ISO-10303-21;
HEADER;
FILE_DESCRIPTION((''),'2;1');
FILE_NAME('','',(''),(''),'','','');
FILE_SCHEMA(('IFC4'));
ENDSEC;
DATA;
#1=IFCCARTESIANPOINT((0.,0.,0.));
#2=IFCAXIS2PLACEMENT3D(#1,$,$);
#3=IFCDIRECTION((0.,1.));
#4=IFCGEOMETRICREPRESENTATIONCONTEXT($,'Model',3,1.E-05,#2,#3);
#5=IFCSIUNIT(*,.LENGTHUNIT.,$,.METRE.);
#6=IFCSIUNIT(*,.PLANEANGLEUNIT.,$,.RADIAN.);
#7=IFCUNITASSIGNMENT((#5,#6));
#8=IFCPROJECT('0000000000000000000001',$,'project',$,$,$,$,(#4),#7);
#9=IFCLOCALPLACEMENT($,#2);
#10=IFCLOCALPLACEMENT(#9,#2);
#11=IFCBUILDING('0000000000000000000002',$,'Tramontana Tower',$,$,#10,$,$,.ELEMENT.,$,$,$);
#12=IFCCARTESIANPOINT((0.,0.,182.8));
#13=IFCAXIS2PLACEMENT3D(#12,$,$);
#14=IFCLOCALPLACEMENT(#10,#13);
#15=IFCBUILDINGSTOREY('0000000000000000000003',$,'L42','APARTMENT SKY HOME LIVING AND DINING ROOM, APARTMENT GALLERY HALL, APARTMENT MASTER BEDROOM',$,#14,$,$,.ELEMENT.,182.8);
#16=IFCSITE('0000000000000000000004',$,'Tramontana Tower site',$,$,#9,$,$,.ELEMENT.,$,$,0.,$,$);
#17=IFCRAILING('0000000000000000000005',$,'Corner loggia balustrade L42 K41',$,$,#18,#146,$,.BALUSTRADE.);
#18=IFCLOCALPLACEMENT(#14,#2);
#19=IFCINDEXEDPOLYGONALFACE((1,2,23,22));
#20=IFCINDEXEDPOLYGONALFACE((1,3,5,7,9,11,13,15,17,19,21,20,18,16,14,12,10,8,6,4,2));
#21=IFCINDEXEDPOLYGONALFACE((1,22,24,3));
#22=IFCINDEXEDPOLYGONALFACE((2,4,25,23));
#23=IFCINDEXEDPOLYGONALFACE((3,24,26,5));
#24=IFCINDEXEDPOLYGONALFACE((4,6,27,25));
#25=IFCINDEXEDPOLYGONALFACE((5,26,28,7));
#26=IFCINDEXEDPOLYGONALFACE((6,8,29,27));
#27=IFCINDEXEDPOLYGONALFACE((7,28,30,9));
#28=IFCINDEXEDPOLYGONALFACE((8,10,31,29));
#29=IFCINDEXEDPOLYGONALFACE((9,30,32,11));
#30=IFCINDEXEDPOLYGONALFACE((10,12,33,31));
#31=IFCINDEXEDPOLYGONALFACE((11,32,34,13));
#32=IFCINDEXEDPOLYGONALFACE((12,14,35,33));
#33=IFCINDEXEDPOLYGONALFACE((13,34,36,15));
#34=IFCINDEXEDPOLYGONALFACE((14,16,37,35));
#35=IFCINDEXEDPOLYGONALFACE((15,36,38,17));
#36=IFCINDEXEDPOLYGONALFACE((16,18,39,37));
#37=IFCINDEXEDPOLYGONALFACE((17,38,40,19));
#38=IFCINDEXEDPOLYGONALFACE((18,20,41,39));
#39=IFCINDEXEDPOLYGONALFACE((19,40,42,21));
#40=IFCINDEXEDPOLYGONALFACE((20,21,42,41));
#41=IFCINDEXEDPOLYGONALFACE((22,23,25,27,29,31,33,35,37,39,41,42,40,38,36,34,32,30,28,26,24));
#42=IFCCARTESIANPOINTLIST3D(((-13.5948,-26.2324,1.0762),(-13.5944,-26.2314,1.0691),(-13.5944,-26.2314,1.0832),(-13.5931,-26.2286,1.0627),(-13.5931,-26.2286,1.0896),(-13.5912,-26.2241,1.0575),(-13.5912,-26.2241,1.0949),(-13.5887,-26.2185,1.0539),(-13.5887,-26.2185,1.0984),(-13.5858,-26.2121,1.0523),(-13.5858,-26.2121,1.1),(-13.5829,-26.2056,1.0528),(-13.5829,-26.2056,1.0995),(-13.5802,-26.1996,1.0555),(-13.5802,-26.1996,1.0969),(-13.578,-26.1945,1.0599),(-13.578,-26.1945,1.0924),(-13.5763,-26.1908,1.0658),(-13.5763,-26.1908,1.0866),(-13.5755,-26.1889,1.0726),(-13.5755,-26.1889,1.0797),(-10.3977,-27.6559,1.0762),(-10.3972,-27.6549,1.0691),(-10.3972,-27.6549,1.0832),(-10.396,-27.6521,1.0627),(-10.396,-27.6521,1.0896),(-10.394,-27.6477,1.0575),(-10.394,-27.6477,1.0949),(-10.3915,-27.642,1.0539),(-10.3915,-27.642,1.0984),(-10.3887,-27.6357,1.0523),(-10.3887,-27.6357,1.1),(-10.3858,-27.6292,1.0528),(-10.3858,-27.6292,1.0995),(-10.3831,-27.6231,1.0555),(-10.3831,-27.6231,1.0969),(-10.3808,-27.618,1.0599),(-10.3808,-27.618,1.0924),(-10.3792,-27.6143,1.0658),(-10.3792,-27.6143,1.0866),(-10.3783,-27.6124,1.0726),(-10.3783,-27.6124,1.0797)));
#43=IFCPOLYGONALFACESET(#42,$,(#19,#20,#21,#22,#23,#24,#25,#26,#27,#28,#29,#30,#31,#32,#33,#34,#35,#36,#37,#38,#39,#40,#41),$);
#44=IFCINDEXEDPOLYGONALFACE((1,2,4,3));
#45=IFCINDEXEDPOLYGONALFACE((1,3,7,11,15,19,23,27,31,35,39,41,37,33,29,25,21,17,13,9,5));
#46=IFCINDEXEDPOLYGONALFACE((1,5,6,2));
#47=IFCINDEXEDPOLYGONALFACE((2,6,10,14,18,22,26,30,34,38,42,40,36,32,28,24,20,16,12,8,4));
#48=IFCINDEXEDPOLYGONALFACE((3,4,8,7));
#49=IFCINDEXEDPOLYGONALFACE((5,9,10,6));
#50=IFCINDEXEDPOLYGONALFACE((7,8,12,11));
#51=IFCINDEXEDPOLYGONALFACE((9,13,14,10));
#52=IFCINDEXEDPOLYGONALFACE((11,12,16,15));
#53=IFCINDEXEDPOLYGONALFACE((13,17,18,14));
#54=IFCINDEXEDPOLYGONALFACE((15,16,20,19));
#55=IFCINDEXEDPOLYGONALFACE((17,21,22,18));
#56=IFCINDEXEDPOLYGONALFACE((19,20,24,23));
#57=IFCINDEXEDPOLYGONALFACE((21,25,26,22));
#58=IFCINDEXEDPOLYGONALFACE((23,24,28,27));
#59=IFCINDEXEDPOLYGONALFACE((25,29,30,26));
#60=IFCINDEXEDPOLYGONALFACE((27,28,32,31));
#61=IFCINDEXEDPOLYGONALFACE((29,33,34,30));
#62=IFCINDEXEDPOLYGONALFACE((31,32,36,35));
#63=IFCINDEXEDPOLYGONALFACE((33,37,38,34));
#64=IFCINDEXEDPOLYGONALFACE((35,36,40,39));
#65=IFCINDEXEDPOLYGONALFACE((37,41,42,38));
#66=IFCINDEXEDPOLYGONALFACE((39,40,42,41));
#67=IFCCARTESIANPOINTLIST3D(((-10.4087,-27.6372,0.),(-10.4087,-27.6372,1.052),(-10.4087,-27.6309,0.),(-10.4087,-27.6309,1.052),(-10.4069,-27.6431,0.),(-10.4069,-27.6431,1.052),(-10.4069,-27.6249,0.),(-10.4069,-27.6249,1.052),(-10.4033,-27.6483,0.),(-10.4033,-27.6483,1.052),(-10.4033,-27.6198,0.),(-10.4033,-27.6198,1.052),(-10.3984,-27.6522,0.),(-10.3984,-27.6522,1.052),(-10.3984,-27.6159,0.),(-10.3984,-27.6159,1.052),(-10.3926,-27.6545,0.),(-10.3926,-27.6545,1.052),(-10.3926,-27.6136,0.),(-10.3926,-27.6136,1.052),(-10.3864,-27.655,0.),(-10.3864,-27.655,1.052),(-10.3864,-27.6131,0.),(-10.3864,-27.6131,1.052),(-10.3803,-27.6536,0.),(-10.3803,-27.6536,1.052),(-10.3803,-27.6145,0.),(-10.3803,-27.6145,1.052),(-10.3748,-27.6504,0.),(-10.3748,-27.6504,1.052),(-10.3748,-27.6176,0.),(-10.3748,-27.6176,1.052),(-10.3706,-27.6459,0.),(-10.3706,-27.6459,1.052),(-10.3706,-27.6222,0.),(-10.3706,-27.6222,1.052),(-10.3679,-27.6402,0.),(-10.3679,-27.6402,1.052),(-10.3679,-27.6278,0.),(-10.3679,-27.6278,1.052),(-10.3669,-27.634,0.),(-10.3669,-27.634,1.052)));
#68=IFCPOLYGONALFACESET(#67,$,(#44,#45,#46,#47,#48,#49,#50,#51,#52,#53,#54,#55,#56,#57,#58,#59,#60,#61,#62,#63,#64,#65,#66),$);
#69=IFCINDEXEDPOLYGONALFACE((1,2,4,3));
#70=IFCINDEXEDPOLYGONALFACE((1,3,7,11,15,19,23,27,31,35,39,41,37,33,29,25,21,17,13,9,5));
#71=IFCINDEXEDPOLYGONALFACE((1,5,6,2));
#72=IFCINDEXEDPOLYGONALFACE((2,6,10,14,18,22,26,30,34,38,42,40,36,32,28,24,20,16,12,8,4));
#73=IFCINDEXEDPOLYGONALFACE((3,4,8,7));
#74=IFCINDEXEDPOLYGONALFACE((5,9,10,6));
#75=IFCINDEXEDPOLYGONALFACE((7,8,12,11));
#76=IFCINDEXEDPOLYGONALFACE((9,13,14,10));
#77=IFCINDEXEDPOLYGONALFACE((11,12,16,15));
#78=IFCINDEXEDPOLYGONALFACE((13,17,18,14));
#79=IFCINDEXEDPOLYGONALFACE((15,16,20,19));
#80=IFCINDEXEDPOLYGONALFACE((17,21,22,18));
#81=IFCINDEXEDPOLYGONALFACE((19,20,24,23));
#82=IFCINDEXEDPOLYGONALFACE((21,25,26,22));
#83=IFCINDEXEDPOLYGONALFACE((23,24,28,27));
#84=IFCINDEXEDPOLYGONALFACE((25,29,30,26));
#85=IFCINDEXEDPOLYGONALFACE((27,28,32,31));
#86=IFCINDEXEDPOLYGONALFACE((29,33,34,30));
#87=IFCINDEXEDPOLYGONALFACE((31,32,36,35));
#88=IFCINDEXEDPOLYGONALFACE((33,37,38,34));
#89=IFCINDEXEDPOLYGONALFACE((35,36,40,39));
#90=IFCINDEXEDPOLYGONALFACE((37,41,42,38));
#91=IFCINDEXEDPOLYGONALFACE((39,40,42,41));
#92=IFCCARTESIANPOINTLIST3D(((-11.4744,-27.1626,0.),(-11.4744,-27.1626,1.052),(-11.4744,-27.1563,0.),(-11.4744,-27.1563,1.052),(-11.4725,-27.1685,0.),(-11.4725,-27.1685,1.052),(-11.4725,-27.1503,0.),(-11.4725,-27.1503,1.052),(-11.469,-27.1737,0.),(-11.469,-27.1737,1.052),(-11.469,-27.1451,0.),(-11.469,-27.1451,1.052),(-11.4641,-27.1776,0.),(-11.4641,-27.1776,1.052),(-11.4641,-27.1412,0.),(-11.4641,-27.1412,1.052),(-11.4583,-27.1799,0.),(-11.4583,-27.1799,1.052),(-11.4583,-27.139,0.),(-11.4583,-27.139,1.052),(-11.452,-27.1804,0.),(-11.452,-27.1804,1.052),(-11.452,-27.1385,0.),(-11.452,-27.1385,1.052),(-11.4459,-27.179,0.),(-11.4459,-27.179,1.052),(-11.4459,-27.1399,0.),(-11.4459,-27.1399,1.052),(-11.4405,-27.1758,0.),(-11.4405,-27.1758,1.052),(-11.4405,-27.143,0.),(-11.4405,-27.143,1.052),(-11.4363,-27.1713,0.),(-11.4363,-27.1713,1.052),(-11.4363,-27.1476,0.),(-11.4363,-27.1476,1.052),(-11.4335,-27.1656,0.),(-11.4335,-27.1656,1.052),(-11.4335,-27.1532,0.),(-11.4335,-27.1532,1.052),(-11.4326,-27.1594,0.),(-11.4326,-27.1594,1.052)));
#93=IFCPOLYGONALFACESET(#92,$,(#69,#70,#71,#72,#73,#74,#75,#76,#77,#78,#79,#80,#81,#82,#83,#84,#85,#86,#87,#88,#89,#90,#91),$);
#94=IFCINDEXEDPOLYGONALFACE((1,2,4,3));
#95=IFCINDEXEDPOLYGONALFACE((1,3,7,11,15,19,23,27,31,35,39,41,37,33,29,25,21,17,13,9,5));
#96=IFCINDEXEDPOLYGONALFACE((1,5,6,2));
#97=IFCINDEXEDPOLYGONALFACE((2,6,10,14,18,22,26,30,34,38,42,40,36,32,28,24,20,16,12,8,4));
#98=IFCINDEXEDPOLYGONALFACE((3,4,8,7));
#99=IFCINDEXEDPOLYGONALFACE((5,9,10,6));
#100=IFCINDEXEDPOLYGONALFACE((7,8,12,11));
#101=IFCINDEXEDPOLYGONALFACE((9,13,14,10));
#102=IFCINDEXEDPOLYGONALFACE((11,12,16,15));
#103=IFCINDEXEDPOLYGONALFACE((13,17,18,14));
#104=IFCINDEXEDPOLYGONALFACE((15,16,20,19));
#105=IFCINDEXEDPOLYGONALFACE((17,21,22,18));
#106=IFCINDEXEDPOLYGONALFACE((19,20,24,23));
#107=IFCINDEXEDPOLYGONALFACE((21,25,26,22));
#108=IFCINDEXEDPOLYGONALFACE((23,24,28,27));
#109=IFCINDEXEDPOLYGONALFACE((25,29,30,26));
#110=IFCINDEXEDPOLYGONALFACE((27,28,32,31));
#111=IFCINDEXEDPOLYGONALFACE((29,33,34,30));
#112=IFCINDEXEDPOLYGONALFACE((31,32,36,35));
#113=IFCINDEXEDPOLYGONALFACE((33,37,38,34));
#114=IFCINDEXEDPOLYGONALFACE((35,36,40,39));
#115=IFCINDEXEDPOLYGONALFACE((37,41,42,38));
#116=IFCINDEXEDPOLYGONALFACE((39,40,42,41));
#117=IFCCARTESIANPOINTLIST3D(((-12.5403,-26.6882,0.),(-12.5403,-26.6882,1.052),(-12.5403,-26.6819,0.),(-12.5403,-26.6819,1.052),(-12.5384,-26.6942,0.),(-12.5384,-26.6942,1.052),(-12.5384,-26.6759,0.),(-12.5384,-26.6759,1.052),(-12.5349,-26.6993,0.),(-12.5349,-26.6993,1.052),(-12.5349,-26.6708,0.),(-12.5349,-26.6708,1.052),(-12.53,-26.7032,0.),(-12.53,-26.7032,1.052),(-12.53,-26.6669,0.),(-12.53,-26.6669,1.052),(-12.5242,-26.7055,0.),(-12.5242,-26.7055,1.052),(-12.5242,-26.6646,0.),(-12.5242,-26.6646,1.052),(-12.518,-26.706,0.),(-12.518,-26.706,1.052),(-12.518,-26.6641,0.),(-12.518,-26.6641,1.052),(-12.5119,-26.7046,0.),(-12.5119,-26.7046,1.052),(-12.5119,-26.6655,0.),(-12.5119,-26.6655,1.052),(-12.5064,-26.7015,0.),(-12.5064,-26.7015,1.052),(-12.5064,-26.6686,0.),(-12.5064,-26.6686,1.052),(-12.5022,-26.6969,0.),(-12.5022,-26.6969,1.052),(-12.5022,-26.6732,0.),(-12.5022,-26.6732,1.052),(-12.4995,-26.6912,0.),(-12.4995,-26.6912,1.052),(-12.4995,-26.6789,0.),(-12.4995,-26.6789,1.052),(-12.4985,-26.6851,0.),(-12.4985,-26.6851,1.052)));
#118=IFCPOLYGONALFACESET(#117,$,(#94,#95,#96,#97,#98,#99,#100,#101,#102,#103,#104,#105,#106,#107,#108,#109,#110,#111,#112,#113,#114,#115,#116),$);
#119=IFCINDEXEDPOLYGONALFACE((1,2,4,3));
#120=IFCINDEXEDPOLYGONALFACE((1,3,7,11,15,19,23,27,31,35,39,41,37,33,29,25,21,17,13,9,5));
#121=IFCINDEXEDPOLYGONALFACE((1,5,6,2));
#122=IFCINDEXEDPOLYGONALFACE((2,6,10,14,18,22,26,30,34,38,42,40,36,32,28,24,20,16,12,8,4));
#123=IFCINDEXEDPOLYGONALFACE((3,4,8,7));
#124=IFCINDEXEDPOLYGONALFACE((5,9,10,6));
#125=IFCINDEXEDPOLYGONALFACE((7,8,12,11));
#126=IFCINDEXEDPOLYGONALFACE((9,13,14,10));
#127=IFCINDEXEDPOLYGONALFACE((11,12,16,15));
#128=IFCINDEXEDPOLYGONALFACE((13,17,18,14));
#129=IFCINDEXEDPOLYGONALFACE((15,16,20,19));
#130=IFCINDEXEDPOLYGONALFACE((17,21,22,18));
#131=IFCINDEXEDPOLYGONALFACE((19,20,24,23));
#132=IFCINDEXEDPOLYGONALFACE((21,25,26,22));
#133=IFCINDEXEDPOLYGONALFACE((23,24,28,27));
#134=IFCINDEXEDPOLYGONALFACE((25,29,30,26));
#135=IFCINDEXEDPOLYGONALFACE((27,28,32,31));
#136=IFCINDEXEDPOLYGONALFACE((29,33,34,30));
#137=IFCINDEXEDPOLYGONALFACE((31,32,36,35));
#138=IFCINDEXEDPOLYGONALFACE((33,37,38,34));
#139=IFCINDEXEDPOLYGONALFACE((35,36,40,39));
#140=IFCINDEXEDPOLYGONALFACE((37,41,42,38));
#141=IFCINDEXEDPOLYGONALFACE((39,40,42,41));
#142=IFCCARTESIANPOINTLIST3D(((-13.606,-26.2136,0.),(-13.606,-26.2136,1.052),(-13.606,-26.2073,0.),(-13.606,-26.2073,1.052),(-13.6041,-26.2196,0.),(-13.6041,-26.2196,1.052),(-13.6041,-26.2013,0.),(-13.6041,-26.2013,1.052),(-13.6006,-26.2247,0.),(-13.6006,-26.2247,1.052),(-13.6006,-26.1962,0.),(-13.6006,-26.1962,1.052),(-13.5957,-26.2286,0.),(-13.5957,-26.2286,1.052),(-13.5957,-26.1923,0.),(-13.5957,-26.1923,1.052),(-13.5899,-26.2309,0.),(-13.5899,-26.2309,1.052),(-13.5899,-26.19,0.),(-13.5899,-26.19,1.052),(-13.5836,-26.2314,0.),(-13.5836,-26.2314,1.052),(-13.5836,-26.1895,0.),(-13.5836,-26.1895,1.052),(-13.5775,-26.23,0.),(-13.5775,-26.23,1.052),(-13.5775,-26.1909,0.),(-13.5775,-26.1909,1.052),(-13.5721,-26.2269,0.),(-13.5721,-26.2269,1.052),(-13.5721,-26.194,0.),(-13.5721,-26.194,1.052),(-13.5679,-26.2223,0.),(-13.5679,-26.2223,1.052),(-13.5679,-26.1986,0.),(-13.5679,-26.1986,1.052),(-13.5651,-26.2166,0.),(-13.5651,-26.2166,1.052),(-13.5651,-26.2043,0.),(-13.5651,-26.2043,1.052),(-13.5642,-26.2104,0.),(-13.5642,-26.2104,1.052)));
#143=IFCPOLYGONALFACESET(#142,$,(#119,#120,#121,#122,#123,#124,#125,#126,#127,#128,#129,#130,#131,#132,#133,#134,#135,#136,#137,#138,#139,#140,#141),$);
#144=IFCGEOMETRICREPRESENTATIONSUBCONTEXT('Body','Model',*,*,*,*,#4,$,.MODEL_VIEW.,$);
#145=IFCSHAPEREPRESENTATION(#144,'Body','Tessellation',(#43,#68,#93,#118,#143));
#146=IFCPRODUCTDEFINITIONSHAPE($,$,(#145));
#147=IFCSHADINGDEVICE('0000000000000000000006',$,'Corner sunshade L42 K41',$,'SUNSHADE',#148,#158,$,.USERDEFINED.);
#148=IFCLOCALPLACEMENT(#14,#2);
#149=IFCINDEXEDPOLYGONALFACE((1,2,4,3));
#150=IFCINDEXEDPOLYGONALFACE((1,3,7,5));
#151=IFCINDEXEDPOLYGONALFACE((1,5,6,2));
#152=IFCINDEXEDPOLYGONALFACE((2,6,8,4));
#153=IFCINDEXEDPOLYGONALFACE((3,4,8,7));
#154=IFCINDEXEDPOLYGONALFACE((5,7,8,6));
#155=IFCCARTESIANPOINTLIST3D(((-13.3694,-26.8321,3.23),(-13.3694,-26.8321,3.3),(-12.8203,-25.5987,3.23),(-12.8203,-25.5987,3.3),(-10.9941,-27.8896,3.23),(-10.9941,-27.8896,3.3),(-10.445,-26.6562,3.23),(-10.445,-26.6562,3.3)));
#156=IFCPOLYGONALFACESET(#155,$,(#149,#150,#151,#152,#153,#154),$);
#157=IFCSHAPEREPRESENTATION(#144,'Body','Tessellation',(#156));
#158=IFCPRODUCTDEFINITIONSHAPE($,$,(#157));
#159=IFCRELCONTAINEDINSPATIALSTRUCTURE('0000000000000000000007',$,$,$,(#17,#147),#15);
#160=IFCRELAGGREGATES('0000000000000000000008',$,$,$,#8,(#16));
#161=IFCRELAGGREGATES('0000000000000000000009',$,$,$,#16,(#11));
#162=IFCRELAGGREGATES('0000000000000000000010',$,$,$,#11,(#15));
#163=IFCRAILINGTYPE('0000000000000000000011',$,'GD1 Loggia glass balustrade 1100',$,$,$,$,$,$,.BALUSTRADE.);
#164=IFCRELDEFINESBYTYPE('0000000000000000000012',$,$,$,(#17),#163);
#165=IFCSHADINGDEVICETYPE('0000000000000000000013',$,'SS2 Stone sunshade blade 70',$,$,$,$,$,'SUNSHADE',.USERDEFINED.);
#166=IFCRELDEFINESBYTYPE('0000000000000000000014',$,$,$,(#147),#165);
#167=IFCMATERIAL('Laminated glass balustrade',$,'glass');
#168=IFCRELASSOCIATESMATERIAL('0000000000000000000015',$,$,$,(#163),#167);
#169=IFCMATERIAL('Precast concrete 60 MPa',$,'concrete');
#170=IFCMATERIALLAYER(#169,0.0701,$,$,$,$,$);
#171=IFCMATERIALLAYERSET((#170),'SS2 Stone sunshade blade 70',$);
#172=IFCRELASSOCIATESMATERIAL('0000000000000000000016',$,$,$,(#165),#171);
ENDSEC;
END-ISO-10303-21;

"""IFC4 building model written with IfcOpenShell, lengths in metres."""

from ifc_helpers import new_model, si_unit, direction, frame, origin, origin_2d, place, context, subcontext, project, spatial, rectangle, circle, extrude, material, layer, layer_set, type_object, element, save


model = new_model("IFC4")

# Units and contexts
model_context = context("Model", 3, precision=1e-05, world=origin(), true_north=direction((0.0, 1.0)))
body_context = subcontext(model_context, "Body", "Model", "MODEL_VIEW")
ifc_project = project(units=[si_unit("LENGTHUNIT", "METRE"), si_unit("PLANEANGLEUNIT", "RADIAN")], contexts=[model_context])

# Site, building, storey
site_placement = place(None, origin())
site = spatial("IfcSite", under=ifc_project, at=site_placement, Name="Tramontana Tower site", CompositionType="ELEMENT", RefElevation=0.0)
building_placement = place(site_placement, origin())
building = spatial("IfcBuilding", under=site, at=building_placement, Name="Tramontana Tower", CompositionType="ELEMENT")
storey_placement = place(building_placement, frame((0.0, 0.0, 182.8)))
storey = spatial("IfcBuildingStorey", under=building, at=storey_placement, Name="L42", Description="APARTMENT SKY HOME LIVING AND DINING ROOM, APARTMENT GALLERY HALL, APARTMENT MASTER BEDROOM", CompositionType="ELEMENT", Elevation=182.8)

# Railing
ifc_material_1 = material(Name="Laminated glass balustrade", Category="glass")
railing_type = type_object("IfcRailingType", Name="GD1 Loggia glass balustrade 1100", PredefinedType="BALUSTRADE", material=ifc_material_1)
railing_placement = place(storey_placement, frame((-10.3879, -27.634, 0.0)))
element("IfcRailing", 1, at=railing_placement, inside=storey, type_object=railing_type, Name="Corner loggia balustrade L42 K41", PredefinedType="BALUSTRADE", context=body_context, shape_type="SweptSolid", body=[
    extrude(circle(Radius=0.0239, at=origin_2d()), frame((0.0, 0.0, 1.0762), z_axis=(-0.913538, 0.406753, 0.0), x_axis=(-0.406753, -0.913538, 0.0)), (0.0, 0.0, 1.0), 3.4998),
    extrude(circle(Radius=0.021, at=origin_2d()), origin(), (0.0, 0.0, 1.0), 1.052),
    extrude(circle(Radius=0.021, at=origin_2d()), frame((-1.0657, 0.4746, 0.0)), (0.0, 0.0, 1.0), 1.052),
    extrude(circle(Radius=0.021, at=origin_2d()), frame((-2.1316, 0.949, 0.0)), (0.0, 0.0, 1.0), 1.052),
    extrude(circle(Radius=0.021, at=origin_2d()), frame((-3.1973, 1.4236, 0.0)), (0.0, 0.0, 1.0), 1.052),
])

# Shading device
ifc_material_2 = material(Name="Precast concrete 60 MPa", Category="concrete")
ifc_layer_1 = layer(ifc_material_2, 0.0701)
ifc_layer_set_1 = layer_set([ifc_layer_1], Name="SS2 Stone sunshade blade 70")
shading_device_type = type_object("IfcShadingDeviceType", Name="SS2 Stone sunshade blade 70", ElementType="SUNSHADE", PredefinedType="USERDEFINED", material=ifc_layer_set_1)
shading_device_placement = place(storey_placement, frame((-11.9072, -26.7441, 3.23), z_axis=(0.0, 0.0, 1.0), x_axis=(-0.913545, 0.406737, 0.0)))
element("IfcShadingDevice", 2, at=shading_device_placement, inside=storey, type_object=shading_device_type, Name="Corner sunshade L42 K41", ObjectType="SUNSHADE", PredefinedType="USERDEFINED", context=body_context, shape_type="SweptSolid", body=[
    extrude(rectangle(XDim=2.6001, YDim=1.3501, at=origin_2d()), origin(), (0.0, 0.0, 1.0), 0.0701),
])

save(model, "model.ifc")
